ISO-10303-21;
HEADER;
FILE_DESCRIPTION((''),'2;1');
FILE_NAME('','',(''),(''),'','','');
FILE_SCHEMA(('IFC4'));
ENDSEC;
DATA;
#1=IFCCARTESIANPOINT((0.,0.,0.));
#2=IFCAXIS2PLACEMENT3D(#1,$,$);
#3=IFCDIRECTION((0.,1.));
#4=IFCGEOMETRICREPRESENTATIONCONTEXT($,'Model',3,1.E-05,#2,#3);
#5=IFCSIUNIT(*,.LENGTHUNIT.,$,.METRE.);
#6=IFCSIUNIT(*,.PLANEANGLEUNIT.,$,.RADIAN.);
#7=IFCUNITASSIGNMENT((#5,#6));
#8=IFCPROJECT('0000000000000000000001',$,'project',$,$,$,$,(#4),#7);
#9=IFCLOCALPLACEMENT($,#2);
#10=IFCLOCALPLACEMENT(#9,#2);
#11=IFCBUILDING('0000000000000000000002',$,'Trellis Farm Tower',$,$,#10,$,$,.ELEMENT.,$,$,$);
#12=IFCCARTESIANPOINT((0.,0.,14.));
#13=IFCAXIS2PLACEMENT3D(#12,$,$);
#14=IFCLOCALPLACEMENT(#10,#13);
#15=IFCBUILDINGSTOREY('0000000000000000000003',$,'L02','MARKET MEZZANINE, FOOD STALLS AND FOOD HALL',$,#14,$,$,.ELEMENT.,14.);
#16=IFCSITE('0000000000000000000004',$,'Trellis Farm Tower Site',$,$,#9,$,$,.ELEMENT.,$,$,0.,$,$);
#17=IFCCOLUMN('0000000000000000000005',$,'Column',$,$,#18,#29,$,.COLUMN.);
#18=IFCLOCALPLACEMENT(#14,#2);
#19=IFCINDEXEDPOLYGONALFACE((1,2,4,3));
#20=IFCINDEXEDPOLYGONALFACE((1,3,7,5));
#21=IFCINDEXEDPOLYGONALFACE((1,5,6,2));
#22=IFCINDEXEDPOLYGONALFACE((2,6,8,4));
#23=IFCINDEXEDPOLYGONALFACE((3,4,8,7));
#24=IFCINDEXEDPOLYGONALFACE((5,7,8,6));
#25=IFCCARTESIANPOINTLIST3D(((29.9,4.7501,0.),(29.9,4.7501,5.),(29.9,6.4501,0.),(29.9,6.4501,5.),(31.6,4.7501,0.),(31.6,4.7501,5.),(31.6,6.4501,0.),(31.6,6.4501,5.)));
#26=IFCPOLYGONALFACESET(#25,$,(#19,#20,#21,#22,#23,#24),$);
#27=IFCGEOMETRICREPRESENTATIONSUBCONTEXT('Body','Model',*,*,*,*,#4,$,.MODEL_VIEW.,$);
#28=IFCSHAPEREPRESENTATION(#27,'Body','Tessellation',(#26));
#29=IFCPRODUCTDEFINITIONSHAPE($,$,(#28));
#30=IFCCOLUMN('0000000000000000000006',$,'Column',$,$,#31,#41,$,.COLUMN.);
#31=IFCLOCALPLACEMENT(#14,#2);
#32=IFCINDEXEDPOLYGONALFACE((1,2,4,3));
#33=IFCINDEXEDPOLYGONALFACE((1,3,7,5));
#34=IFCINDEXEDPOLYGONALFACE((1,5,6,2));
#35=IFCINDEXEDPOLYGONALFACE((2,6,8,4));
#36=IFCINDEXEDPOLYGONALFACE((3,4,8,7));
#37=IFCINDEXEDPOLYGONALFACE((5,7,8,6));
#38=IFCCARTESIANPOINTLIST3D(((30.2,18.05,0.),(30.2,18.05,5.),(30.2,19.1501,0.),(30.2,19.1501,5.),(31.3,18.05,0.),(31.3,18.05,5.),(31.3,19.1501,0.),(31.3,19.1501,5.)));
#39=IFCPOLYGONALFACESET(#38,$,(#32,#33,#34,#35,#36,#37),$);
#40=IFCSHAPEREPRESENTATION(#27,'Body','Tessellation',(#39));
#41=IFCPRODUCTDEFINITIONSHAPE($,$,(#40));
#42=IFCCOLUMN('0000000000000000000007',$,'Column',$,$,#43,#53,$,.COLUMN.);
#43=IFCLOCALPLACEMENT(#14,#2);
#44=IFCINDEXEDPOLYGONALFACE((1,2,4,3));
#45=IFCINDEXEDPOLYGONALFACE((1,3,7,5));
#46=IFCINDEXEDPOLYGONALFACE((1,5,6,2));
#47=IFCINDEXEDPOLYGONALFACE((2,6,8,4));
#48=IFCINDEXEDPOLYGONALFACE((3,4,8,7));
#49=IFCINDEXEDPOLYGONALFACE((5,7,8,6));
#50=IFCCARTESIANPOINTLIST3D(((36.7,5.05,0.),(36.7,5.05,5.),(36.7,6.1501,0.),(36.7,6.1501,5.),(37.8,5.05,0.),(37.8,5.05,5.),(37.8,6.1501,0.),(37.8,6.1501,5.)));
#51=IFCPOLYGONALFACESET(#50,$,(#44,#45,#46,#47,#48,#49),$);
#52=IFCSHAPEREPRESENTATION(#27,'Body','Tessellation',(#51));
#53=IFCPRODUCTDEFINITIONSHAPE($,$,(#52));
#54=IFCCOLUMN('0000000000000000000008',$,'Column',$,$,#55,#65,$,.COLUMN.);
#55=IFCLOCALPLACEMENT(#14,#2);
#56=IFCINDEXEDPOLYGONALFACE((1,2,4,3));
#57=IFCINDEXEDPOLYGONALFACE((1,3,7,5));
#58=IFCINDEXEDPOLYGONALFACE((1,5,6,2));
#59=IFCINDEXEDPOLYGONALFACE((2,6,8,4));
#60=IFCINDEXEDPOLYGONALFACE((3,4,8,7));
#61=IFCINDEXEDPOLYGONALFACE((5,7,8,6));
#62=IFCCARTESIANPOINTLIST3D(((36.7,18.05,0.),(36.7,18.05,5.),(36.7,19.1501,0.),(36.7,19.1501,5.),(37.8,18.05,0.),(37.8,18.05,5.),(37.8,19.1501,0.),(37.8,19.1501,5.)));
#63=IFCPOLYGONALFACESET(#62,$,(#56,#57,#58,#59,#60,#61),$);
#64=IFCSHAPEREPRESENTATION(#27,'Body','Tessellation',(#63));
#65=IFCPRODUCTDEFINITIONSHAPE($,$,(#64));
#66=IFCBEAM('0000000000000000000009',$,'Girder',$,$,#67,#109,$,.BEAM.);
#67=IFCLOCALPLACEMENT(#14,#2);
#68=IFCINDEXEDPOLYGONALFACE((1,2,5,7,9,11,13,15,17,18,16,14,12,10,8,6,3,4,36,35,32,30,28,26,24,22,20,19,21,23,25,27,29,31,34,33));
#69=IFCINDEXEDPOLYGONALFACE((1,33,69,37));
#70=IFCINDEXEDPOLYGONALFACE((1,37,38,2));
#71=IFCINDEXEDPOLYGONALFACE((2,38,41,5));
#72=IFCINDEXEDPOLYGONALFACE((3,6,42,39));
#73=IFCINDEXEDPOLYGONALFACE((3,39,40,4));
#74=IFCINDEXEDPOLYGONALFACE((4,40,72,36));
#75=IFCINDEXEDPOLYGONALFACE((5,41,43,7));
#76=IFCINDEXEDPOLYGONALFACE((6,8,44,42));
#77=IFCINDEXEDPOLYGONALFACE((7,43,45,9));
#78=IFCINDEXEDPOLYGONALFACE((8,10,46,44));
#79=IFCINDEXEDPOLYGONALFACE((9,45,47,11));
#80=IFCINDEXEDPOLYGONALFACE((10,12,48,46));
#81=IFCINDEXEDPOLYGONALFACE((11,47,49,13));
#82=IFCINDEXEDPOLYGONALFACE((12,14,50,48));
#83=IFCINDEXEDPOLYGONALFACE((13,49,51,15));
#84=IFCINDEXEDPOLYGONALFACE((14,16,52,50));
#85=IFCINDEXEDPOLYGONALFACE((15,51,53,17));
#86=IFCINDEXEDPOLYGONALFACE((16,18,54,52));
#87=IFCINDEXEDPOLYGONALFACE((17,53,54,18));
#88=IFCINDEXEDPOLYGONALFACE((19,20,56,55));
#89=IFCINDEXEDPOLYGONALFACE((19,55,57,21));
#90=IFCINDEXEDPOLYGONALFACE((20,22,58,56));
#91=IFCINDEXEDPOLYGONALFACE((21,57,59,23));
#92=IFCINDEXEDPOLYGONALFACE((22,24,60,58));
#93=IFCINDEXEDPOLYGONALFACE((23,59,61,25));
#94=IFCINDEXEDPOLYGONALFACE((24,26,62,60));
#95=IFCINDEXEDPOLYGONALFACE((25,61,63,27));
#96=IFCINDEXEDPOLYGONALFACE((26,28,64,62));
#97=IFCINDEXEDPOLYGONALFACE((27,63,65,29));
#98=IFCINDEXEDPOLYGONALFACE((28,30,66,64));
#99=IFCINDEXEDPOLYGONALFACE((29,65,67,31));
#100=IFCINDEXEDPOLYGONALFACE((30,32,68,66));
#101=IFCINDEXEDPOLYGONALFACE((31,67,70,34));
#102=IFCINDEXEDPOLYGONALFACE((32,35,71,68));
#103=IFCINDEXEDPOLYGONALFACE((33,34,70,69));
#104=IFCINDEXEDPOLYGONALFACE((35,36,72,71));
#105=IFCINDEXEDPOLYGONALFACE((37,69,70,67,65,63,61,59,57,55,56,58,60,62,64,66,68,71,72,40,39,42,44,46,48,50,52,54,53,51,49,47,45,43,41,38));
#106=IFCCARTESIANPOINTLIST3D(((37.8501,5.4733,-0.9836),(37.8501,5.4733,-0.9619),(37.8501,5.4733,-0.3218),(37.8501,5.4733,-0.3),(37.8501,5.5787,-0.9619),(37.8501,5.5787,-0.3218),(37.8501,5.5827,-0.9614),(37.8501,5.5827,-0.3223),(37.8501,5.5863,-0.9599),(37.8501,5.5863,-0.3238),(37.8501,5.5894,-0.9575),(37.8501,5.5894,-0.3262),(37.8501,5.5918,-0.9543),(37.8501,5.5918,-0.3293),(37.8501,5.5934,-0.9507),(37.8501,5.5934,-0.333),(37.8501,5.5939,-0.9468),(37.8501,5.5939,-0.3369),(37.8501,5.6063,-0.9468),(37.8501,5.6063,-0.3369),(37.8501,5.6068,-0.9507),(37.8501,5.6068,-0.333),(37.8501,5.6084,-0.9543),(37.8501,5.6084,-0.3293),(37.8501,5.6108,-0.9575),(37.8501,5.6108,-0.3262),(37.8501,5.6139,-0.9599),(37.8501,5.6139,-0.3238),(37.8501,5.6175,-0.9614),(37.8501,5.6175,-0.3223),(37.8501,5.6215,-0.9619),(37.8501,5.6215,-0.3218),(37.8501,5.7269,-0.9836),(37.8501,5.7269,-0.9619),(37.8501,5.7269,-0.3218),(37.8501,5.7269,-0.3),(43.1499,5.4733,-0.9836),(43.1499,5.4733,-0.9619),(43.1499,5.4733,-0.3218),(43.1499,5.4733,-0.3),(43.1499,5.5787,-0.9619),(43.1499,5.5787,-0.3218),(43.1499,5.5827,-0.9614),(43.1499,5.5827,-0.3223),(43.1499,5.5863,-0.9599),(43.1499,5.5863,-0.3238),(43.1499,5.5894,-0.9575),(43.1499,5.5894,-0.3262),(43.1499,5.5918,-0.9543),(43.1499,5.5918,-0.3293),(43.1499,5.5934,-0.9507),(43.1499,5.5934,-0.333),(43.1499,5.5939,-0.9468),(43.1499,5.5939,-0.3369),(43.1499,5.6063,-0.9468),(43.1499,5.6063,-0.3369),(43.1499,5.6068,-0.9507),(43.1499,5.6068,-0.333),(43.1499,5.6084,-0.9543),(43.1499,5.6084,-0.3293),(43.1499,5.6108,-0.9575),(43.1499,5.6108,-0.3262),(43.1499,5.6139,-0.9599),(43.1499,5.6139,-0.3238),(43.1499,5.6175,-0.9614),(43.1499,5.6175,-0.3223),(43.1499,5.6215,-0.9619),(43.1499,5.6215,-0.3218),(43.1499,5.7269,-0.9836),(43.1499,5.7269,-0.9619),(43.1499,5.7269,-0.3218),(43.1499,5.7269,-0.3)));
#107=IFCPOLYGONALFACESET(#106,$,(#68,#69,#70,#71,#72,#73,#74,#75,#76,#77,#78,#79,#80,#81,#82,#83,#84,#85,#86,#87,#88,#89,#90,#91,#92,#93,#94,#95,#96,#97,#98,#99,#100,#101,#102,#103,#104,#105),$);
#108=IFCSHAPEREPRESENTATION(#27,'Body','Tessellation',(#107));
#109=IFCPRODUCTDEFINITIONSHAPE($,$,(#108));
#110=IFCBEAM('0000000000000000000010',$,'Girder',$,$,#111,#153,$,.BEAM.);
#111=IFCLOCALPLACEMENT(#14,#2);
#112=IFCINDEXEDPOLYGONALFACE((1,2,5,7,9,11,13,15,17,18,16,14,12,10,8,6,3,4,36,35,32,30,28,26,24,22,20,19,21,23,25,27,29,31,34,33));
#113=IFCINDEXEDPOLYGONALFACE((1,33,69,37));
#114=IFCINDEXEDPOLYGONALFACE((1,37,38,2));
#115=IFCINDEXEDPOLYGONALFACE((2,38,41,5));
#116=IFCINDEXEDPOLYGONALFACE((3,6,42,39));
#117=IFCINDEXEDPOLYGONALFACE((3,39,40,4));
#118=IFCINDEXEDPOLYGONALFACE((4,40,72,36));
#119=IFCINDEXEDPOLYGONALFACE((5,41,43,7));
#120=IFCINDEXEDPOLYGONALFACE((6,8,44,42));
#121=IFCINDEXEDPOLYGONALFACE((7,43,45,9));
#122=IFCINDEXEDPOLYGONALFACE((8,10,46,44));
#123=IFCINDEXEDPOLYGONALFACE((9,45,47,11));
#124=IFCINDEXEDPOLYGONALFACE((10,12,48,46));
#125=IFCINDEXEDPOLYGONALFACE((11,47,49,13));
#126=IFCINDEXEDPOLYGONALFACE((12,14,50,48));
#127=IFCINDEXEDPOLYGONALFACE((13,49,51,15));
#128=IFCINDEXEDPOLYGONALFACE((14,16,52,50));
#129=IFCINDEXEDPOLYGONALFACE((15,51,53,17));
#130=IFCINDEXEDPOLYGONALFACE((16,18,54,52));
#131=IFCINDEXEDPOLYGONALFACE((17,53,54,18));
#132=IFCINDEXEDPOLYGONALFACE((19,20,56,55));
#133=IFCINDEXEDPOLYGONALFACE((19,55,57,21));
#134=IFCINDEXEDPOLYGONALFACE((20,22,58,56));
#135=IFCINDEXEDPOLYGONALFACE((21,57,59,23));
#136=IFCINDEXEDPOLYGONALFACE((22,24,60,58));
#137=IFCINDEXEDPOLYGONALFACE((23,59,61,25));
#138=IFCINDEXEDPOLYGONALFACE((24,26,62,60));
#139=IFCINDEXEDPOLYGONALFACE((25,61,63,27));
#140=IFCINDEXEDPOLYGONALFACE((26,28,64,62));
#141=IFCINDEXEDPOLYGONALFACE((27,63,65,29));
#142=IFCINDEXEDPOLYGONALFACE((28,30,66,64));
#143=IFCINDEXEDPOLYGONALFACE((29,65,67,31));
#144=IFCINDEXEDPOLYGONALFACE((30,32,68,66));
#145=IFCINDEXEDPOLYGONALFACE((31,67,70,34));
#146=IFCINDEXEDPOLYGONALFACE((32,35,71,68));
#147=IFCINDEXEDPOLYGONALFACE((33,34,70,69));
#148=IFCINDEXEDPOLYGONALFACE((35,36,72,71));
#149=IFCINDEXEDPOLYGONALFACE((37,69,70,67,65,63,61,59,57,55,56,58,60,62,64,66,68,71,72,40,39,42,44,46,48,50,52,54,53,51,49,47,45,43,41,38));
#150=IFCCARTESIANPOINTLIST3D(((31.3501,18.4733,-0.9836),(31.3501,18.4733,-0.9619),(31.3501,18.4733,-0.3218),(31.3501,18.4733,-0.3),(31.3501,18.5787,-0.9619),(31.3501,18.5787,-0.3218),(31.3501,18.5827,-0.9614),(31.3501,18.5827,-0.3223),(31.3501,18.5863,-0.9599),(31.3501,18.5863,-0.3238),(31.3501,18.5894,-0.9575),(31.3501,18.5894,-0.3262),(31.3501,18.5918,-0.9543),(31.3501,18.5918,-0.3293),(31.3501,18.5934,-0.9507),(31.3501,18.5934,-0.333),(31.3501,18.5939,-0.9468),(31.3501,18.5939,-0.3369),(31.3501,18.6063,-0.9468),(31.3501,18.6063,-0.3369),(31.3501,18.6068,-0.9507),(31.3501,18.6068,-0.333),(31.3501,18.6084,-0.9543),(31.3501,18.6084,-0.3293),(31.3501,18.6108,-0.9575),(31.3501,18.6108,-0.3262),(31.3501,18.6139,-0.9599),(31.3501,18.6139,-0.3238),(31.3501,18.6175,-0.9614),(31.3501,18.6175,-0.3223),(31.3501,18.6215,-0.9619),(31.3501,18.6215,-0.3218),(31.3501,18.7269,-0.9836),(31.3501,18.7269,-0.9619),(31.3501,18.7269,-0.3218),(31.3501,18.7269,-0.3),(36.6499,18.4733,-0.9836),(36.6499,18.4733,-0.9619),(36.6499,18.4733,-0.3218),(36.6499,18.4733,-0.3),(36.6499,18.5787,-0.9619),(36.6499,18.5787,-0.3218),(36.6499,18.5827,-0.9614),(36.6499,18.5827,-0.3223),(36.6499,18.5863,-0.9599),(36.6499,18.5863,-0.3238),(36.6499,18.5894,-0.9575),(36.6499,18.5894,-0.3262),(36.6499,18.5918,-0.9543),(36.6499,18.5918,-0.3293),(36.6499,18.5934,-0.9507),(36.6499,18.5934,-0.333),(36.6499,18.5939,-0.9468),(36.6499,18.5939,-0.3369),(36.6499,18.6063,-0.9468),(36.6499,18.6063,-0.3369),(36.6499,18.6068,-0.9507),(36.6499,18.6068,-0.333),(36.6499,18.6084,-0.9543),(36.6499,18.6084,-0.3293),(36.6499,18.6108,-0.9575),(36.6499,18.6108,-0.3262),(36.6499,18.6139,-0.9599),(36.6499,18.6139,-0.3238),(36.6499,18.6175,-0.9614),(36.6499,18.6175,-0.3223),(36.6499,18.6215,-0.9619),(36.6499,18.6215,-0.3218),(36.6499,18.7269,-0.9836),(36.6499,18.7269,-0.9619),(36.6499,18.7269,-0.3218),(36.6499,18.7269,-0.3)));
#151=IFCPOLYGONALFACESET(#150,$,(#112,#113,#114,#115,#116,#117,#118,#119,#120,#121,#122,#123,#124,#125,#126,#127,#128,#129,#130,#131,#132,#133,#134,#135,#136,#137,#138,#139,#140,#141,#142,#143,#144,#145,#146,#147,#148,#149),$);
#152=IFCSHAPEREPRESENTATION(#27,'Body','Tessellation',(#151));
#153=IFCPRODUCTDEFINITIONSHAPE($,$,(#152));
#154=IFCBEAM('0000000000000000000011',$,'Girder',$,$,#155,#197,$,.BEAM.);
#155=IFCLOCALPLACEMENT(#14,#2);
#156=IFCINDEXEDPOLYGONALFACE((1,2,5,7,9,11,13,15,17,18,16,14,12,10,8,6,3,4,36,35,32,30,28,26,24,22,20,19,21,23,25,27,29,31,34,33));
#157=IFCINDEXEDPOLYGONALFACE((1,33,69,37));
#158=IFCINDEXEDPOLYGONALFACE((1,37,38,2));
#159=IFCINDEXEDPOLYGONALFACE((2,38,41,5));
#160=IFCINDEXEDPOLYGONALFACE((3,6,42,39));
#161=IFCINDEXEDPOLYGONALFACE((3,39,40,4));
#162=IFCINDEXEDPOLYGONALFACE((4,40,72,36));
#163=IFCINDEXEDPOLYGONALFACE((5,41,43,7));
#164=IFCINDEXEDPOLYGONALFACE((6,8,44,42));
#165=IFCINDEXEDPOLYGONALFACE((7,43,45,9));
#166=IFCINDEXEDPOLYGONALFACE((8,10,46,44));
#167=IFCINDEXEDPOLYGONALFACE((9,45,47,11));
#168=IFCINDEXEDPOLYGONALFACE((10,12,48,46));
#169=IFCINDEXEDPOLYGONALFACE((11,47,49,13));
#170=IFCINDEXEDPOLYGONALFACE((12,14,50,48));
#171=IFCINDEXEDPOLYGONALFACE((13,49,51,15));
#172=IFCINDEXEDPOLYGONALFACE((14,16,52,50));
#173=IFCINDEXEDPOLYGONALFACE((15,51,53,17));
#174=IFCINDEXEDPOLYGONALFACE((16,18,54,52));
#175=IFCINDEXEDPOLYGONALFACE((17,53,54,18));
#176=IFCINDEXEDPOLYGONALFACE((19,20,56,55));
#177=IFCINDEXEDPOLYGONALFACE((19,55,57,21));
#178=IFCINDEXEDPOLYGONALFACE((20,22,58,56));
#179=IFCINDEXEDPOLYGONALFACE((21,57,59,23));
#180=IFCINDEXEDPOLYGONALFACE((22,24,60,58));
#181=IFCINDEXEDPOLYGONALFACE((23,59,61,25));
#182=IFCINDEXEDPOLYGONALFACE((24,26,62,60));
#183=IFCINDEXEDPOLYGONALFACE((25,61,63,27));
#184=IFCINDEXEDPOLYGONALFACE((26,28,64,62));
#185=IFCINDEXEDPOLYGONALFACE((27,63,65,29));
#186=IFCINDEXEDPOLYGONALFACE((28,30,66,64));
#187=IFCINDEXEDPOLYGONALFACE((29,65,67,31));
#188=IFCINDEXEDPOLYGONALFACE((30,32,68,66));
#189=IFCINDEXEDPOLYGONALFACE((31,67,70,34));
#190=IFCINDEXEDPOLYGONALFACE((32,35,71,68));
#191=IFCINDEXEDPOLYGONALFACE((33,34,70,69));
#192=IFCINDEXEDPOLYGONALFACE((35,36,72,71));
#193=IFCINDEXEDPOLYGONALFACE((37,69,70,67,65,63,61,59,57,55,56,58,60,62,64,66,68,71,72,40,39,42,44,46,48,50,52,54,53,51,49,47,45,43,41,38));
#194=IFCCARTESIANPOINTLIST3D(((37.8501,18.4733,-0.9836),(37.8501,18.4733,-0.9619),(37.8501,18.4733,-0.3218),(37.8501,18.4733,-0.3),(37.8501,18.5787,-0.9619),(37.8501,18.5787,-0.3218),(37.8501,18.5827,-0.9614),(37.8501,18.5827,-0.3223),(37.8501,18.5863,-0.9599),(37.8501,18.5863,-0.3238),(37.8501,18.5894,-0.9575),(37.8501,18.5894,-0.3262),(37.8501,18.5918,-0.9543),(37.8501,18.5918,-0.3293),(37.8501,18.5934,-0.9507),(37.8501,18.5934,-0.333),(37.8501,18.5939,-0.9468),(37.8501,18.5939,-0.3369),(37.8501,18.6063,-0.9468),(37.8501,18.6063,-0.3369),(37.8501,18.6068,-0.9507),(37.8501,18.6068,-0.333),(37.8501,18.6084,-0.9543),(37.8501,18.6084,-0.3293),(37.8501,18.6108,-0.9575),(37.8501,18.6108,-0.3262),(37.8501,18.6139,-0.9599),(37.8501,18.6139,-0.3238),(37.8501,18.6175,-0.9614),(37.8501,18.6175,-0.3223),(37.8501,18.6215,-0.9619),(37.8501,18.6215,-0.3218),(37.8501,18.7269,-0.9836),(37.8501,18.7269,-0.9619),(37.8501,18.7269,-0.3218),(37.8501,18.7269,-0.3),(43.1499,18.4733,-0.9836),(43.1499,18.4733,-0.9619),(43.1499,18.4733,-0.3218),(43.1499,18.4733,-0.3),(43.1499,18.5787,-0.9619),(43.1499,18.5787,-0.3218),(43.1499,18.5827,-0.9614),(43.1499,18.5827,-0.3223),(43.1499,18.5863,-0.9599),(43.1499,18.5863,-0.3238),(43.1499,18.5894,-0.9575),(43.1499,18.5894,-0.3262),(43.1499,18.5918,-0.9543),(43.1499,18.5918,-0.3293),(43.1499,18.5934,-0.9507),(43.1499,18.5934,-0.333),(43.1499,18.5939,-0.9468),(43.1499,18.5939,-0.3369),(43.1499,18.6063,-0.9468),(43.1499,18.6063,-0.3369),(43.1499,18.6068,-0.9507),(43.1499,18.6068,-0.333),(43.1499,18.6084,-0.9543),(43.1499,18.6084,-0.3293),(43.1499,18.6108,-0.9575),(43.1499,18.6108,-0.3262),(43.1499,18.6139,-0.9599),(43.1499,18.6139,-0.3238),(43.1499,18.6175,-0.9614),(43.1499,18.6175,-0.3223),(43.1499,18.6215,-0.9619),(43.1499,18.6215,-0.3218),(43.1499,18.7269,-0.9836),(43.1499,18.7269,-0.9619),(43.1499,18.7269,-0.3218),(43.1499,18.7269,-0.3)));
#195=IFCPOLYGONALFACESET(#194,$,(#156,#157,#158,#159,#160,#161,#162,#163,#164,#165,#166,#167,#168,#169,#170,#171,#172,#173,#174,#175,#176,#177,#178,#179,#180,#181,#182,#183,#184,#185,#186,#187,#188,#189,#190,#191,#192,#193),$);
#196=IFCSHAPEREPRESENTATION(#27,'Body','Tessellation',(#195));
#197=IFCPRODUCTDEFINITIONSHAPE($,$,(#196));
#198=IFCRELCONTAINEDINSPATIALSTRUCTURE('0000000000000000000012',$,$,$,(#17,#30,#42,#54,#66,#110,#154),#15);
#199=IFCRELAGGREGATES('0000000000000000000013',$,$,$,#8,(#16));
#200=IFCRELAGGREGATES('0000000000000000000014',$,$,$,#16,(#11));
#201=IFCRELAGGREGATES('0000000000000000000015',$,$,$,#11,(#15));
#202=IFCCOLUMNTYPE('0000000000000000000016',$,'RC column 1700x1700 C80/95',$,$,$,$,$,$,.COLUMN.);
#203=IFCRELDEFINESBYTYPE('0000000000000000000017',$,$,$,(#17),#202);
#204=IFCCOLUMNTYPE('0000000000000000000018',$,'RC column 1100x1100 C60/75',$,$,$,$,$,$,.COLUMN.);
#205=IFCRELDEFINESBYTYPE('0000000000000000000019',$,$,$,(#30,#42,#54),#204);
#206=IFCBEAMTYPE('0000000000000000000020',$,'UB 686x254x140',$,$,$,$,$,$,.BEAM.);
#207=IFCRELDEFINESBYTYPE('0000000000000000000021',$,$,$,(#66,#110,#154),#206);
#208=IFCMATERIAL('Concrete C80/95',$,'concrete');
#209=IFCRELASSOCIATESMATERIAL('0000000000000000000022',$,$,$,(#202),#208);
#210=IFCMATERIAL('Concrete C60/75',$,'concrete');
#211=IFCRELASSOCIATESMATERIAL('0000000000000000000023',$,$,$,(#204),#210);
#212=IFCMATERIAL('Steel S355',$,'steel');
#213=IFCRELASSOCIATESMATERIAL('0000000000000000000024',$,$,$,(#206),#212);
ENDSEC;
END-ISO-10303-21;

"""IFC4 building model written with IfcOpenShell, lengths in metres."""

from ifc_helpers import new_model, si_unit, direction, frame, origin, origin_2d, place, context, subcontext, project, spatial, rectangle, i_section, extrude, source, transform, mapped, material, material_profile, profile_set, type_object, element, save


model = new_model("IFC4")

# Units and contexts
model_context = context("Model", 3, precision=1e-05, world=origin(), true_north=direction((0.0, 1.0)))
body_context = subcontext(model_context, "Body", "Model", "MODEL_VIEW")
ifc_project = project(units=[si_unit("LENGTHUNIT", "METRE"), si_unit("PLANEANGLEUNIT", "RADIAN")], contexts=[model_context])

# Site, building, storey
site_placement = place(None, origin())
site = spatial("IfcSite", under=ifc_project, at=site_placement, Name="Trellis Farm Tower Site", CompositionType="ELEMENT", RefElevation=0.0)
building_placement = place(site_placement, origin())
building = spatial("IfcBuilding", under=site, at=building_placement, Name="Trellis Farm Tower", CompositionType="ELEMENT")
storey_placement = place(building_placement, frame((0.0, 0.0, 14.0)))
storey = spatial("IfcBuildingStorey", under=building, at=storey_placement, Name="L02", Description="MARKET MEZZANINE, FOOD STALLS AND FOOD HALL", CompositionType="ELEMENT", Elevation=14.0)

# Columns
ifc_material_1 = material(Name="Concrete C80/95", Category="concrete")
ifc_material_profile_1 = material_profile(ifc_material_1, rectangle(XDim=1.7, YDim=1.7, at=origin_2d()), Name="RC column 1700x1700 C80/95")
ifc_profile_set_1 = profile_set([ifc_material_profile_1], Name="Concrete C80/95")
column_type_1 = type_object("IfcColumnType", Name="RC column 1700x1700 C80/95", PredefinedType="COLUMN", material=ifc_profile_set_1)
shared_shape_1 = source(origin(), body_context, "Body", "SweptSolid", [
    extrude(rectangle(XDim=1.7, YDim=1.7, at=origin_2d()), origin(), (0.0, 0.0, 1.0), 5.0),
])
column_placement = place(storey_placement, frame((30.75, 5.6001, 0.0), z_axis=(0.0, 0.0, 1.0), x_axis=(1.0, 0.0, 0.0)))
element("IfcColumn", 1, at=column_placement, inside=storey, type_object=column_type_1, Name="Column", PredefinedType="COLUMN", context=body_context, shape_type="MappedRepresentation", body=[
    mapped(shared_shape_1, transform((0.0, 0.0, 0.0))),
])
ifc_material_2 = material(Name="Concrete C60/75", Category="concrete")
ifc_material_profile_2 = material_profile(ifc_material_2, rectangle(XDim=1.1001, YDim=1.1001, at=origin_2d()), Name="RC column 1100x1100 C60/75")
ifc_profile_set_2 = profile_set([ifc_material_profile_2], Name="Concrete C60/75")
column_type_2 = type_object("IfcColumnType", Name="RC column 1100x1100 C60/75", PredefinedType="COLUMN", material=ifc_profile_set_2)
shared_shape_2 = source(origin(), body_context, "Body", "SweptSolid", [
    extrude(rectangle(XDim=1.1001, YDim=1.1001, at=origin_2d()), origin(), (0.0, 0.0, 1.0), 5.0),
])
for number, where, z_axis, x_axis, name in (
    (2, (30.75, 18.6001, 0.0), (0.0, 0.0, 1.0), (1.0, 0.0, 0.0), "Column"),
    (3, (37.25, 5.6001, 0.0), (0.0, 0.0, 1.0), (1.0, 0.0, 0.0), "Column"),
    (4, (37.25, 18.6001, 0.0), (0.0, 0.0, 1.0), (1.0, 0.0, 0.0), "Column"),
):
    element("IfcColumn", number, at=place(storey_placement, frame(where, z_axis=z_axis, x_axis=x_axis)), inside=storey, type_object=column_type_2, Name=name, PredefinedType="COLUMN", context=body_context, shape_type="MappedRepresentation", body=[
        mapped(shared_shape_2, transform((0.0, 0.0, 0.0))),
    ])

# Beams
ifc_material_3 = material(Name="Steel S355", Category="steel")
ifc_material_profile_3 = material_profile(ifc_material_3, i_section(OverallWidth=0.2537, OverallDepth=0.6836, WebThickness=0.0125, FlangeThickness=0.0217, FilletRadius=0.0151, at=origin_2d()), Name="UB 686x254x140")
ifc_profile_set_3 = profile_set([ifc_material_profile_3], Name="Steel S355")
beam_type_1 = type_object("IfcBeamType", Name="UB 686x254x140", PredefinedType="BEAM", material=ifc_profile_set_3)
shared_shape_3 = source(origin(), body_context, "Body", "SweptSolid", [
    extrude(i_section(OverallWidth=0.2537, OverallDepth=0.6836, WebThickness=0.0125, FlangeThickness=0.0217, FilletRadius=0.0151, at=origin_2d()), origin(), (0.0, 0.0, 1.0), 5.2998),
])
for number, where, z_axis, x_axis, name in (
    (5, (37.8501, 5.6001, -0.6418), (1.0, 0.0, 0.0), (0.0, 1.0, 0.0), "Girder"),
    (6, (31.3501, 18.6001, -0.6418), (1.0, 0.0, 0.0), (0.0, 1.0, 0.0), "Girder"),
    (7, (37.8501, 18.6001, -0.6418), (1.0, 0.0, 0.0), (0.0, 1.0, 0.0), "Girder"),
):
    element("IfcBeam", number, at=place(storey_placement, frame(where, z_axis=z_axis, x_axis=x_axis)), inside=storey, type_object=beam_type_1, Name=name, PredefinedType="BEAM", context=body_context, shape_type="MappedRepresentation", body=[
        mapped(shared_shape_3, transform((0.0, 0.0, 0.0))),
    ])

save(model, "model.ifc")
